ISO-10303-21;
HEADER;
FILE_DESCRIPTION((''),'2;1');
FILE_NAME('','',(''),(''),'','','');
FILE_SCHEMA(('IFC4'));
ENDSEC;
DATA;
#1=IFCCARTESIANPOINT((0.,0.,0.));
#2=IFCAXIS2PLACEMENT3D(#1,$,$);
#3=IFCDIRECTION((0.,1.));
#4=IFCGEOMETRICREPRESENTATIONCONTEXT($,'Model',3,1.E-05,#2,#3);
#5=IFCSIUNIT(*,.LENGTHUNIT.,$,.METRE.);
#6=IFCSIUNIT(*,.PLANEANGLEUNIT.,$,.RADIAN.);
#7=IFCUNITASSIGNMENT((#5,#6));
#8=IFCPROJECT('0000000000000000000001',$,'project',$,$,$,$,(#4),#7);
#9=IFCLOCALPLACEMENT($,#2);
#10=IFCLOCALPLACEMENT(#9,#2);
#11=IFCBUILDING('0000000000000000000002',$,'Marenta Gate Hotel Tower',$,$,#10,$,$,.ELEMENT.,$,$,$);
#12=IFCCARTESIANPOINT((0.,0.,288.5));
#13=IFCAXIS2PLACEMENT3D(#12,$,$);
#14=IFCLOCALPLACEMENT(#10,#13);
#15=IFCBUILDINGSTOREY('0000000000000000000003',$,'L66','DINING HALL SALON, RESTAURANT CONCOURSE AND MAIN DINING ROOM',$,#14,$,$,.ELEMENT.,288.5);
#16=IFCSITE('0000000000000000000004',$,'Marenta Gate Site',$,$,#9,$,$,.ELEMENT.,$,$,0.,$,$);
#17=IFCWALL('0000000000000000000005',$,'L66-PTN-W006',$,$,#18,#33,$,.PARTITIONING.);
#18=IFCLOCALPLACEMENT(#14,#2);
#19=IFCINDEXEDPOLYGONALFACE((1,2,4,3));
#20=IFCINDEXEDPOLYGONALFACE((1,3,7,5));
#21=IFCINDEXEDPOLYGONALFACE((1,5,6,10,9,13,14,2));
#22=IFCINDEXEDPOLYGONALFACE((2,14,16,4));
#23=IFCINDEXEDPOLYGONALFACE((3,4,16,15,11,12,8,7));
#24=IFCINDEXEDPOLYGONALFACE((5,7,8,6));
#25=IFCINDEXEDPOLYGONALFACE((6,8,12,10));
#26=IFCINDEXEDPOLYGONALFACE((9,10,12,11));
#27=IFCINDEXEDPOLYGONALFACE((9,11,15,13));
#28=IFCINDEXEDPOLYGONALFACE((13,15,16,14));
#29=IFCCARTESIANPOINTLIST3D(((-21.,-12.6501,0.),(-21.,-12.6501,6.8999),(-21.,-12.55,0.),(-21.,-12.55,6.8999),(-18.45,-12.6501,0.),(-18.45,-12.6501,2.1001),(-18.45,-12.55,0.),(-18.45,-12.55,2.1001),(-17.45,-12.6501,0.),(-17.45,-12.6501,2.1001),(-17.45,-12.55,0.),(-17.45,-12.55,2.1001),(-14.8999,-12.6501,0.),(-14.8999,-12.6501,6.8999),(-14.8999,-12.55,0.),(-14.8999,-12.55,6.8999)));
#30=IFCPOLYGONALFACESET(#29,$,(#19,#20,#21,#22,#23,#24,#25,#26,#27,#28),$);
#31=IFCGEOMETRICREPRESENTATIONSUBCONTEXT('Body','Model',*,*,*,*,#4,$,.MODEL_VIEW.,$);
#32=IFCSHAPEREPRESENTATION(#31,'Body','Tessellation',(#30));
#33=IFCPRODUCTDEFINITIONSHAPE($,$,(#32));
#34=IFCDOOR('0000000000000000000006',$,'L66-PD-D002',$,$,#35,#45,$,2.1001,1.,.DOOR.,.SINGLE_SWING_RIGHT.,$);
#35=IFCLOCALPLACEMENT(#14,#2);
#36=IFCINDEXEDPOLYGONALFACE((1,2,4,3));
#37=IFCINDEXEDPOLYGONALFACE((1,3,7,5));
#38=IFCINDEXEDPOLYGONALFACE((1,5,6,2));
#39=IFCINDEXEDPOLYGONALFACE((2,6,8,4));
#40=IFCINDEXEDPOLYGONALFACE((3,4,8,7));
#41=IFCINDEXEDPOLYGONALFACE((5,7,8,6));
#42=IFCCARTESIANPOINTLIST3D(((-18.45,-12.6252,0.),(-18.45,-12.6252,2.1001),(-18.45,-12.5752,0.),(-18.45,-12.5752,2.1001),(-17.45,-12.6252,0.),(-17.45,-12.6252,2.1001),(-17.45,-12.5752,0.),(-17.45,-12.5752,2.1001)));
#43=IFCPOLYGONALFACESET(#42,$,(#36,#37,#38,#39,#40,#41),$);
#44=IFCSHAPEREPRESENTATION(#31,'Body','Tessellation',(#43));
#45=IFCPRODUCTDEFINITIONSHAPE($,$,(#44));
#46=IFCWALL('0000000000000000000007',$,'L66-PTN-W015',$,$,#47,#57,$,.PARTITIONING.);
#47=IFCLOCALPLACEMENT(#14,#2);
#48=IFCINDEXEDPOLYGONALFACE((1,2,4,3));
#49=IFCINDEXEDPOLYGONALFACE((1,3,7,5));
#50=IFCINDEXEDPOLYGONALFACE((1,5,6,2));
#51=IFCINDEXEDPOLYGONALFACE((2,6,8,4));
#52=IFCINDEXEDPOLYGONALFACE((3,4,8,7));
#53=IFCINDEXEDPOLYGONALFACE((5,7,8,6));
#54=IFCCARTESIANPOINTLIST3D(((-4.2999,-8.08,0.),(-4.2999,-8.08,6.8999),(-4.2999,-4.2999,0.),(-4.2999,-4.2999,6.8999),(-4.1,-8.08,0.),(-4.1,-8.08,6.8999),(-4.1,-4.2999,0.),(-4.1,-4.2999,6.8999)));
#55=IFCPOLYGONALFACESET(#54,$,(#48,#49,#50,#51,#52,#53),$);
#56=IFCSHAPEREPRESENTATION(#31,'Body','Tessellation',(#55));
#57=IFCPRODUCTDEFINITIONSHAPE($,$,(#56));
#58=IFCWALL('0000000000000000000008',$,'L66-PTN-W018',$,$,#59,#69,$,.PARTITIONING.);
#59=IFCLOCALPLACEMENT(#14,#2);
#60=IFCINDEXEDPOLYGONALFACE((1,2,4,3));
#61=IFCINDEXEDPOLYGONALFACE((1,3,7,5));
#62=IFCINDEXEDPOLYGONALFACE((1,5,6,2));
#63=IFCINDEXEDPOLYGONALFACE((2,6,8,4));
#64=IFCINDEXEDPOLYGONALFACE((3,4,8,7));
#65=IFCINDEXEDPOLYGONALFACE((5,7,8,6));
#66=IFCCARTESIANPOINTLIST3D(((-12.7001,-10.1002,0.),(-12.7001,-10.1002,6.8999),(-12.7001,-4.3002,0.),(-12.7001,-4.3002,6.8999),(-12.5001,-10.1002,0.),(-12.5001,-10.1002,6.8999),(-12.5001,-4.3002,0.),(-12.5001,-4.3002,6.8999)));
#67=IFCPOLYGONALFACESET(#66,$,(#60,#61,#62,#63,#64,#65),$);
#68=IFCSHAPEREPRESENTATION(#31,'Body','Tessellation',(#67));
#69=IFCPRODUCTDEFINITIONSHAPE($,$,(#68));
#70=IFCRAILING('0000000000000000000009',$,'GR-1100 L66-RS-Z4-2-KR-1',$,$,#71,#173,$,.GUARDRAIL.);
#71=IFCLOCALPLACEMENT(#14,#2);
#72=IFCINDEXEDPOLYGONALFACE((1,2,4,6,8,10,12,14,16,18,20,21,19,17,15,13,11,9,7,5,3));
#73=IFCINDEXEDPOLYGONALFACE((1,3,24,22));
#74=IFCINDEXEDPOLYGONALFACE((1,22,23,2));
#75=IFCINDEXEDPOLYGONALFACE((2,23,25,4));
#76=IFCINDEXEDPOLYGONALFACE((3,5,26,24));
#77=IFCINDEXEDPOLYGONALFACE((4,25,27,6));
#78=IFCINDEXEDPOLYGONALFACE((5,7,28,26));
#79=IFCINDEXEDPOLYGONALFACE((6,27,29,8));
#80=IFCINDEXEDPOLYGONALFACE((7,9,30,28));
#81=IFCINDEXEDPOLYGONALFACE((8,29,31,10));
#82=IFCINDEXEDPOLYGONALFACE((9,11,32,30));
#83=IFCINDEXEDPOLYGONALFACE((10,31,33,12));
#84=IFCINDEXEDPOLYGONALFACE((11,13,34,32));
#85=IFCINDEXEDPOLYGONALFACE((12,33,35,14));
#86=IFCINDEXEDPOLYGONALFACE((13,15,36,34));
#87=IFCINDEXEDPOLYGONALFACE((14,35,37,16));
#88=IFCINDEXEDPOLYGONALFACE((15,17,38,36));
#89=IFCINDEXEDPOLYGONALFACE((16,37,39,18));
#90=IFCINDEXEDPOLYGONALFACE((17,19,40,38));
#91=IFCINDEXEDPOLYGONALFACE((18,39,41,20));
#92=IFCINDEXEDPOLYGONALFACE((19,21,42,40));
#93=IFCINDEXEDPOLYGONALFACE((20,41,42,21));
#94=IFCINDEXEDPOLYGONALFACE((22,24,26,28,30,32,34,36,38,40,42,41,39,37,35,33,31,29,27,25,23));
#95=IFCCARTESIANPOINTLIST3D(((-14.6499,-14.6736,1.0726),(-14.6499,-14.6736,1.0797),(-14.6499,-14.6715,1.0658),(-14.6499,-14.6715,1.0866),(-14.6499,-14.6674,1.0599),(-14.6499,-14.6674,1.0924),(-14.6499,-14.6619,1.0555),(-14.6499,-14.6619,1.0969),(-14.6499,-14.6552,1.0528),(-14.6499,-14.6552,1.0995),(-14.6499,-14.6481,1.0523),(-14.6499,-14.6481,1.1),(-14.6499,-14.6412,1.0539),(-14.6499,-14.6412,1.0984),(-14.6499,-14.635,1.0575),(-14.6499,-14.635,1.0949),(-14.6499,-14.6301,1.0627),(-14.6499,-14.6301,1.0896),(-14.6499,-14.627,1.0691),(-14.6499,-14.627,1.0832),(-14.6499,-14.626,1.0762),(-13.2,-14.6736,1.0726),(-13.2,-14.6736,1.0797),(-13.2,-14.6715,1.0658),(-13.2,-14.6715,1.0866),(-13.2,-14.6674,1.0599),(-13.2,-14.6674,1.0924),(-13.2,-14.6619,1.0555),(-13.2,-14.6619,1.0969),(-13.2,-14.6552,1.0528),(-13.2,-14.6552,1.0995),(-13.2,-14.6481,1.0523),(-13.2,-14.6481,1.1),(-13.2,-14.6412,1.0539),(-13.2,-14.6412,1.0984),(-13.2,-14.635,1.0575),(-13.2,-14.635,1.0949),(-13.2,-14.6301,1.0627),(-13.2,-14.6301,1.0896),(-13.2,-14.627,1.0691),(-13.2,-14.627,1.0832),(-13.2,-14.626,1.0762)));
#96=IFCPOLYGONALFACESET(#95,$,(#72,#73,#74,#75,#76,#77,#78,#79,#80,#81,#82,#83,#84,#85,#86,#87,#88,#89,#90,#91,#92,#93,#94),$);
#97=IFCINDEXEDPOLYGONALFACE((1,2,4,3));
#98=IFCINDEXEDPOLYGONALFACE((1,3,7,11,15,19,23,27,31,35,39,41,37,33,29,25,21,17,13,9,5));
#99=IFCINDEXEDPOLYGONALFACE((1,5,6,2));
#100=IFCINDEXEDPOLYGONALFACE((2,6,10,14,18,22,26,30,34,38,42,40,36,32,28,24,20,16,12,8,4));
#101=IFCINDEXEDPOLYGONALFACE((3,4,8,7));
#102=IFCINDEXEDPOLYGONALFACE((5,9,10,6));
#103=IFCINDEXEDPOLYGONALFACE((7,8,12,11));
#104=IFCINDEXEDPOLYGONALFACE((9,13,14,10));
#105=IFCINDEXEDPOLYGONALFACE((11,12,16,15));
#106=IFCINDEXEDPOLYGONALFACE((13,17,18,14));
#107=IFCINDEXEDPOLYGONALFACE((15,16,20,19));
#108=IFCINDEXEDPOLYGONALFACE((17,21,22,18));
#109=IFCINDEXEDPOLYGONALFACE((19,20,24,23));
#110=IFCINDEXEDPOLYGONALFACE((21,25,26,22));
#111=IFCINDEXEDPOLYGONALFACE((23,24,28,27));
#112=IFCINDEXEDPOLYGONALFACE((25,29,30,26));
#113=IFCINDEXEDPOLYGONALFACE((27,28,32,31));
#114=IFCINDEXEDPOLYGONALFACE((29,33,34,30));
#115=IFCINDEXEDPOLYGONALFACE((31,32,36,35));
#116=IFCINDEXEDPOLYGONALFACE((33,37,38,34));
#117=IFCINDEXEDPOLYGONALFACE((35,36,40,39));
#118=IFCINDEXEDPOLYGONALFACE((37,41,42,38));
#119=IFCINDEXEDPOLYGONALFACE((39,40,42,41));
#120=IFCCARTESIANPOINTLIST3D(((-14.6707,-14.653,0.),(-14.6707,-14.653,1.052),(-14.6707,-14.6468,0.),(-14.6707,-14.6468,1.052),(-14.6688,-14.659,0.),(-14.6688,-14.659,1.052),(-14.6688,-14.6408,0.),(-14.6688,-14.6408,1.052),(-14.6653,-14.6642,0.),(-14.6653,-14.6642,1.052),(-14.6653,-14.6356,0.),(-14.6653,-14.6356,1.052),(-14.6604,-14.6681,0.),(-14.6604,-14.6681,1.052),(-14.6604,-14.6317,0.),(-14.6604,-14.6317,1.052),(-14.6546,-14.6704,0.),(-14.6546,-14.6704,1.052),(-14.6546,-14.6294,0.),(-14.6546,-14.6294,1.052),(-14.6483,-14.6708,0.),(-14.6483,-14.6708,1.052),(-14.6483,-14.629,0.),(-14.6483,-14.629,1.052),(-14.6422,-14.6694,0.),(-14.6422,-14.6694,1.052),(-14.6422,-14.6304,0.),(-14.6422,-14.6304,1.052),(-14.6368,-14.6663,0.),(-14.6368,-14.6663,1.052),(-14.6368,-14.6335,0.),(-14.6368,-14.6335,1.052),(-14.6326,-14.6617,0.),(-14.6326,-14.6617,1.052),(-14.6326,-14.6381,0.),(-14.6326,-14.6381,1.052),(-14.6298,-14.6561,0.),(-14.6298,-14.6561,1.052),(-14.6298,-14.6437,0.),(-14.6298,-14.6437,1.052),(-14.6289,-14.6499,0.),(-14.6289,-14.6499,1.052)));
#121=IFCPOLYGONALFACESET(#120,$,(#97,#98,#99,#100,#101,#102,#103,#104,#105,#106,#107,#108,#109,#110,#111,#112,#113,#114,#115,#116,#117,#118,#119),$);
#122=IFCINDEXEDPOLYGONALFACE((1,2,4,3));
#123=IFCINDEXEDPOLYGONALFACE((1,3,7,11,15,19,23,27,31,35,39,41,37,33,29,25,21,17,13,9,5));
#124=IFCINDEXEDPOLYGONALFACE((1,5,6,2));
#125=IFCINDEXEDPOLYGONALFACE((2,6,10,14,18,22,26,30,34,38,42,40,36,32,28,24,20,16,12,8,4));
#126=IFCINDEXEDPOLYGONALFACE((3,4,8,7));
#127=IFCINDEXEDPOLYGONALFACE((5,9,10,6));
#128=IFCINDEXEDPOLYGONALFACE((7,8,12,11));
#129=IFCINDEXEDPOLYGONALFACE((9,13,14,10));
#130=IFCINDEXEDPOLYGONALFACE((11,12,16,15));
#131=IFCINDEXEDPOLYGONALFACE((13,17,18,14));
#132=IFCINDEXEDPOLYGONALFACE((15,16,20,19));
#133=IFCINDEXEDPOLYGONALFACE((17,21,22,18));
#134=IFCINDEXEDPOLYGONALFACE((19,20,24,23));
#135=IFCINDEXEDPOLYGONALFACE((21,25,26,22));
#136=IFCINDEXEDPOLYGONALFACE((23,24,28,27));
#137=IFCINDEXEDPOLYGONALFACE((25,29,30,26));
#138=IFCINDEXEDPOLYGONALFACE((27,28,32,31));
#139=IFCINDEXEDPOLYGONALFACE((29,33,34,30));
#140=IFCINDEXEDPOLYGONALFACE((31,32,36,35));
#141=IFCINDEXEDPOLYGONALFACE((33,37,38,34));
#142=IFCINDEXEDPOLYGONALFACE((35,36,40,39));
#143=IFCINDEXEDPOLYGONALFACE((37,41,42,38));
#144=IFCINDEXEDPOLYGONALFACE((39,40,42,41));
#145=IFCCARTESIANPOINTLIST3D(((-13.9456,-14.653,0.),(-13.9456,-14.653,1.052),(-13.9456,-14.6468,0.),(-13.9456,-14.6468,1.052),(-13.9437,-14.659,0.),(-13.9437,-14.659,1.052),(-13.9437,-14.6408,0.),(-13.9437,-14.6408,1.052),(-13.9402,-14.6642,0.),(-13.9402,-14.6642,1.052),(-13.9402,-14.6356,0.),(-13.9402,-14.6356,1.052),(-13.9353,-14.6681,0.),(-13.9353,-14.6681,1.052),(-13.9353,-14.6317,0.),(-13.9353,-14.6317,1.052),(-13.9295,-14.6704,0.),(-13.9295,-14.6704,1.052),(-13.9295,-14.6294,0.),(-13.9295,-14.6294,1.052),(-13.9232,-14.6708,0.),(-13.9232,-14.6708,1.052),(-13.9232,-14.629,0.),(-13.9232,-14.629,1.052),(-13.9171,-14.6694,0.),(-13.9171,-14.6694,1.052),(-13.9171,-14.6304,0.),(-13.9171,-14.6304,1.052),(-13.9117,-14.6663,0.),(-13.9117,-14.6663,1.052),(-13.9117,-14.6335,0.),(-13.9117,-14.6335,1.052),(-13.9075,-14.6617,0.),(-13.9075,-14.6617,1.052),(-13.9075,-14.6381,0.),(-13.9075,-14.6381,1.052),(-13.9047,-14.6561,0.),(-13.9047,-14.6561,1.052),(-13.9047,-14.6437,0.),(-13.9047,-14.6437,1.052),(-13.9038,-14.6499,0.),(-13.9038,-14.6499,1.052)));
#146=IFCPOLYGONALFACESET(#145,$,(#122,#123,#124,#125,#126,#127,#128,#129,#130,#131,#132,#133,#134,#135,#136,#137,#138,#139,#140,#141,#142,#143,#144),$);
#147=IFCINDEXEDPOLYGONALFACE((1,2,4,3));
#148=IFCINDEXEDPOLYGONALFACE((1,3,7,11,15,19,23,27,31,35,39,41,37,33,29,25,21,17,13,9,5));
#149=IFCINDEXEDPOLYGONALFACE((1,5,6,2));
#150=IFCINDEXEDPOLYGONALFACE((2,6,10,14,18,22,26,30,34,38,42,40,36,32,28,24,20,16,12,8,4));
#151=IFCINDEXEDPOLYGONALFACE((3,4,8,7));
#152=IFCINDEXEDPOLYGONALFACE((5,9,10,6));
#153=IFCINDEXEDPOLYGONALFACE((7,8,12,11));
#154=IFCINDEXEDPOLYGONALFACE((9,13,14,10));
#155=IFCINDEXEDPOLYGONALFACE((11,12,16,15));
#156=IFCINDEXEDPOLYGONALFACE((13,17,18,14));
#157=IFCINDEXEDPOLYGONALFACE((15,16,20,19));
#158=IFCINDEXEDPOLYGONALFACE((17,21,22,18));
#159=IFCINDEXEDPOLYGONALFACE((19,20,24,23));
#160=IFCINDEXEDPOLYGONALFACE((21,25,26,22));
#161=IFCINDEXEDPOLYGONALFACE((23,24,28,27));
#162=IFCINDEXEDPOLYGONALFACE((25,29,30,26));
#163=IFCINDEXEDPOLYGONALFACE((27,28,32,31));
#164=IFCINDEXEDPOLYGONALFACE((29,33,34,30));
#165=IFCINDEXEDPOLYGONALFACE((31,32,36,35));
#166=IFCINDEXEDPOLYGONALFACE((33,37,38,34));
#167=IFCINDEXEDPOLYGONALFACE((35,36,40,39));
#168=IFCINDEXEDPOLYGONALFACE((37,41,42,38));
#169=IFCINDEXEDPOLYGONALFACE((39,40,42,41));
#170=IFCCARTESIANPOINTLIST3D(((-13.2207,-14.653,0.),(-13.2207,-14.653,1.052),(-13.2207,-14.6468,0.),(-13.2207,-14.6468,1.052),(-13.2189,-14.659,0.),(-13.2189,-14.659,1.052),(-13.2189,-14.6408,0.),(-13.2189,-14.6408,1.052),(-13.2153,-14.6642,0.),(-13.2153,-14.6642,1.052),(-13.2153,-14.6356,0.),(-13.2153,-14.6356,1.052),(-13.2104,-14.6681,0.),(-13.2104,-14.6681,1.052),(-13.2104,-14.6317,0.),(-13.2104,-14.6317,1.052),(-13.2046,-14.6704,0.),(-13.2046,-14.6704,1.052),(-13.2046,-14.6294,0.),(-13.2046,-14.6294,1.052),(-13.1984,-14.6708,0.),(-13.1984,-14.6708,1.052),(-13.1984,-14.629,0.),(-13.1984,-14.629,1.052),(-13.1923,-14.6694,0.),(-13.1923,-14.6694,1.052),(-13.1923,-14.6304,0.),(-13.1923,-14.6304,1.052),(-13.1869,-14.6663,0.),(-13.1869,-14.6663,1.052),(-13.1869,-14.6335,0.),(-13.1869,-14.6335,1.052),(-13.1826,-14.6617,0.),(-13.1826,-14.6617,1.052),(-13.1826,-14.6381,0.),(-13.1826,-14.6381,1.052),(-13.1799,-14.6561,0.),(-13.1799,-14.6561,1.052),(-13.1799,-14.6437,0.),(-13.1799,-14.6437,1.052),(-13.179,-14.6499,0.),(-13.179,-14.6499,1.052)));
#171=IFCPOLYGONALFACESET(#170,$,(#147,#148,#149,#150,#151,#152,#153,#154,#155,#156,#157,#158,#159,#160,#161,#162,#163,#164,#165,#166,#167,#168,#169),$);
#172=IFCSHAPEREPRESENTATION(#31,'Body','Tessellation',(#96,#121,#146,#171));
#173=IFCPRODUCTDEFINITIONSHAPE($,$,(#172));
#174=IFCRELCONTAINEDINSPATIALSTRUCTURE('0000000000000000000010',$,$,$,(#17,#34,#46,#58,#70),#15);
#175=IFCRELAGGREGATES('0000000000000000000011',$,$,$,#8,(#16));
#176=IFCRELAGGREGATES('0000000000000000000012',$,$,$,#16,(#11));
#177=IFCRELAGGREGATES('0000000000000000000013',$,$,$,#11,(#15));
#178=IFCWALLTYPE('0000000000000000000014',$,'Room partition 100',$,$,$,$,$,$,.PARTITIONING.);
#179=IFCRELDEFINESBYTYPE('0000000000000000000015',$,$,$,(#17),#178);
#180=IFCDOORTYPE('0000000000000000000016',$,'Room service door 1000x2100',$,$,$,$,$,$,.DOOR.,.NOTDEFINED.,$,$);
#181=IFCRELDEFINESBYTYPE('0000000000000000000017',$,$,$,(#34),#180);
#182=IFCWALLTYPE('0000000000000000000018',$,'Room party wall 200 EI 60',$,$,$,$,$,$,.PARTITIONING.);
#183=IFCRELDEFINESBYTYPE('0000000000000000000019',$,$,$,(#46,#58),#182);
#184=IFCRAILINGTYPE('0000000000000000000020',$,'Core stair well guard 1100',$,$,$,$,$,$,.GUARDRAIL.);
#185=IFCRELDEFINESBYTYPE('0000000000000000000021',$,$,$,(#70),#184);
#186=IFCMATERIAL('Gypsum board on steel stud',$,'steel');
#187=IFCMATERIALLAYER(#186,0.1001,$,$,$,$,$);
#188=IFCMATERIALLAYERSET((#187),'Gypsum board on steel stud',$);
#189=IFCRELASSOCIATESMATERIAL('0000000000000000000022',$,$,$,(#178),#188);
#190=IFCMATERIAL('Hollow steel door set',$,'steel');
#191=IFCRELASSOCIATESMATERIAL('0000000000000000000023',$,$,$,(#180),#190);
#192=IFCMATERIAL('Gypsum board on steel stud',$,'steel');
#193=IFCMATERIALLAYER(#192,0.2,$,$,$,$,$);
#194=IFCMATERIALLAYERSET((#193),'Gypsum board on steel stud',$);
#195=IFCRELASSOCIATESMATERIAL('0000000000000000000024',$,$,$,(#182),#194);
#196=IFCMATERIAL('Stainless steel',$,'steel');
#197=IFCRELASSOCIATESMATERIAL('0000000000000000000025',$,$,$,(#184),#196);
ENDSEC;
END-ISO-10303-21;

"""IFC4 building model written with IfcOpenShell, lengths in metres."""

from ifc_helpers import new_model, si_unit, direction, frame, frame_2d, origin, origin_2d, place, context, subcontext, project, spatial, rectangle, circle, extrude, material, layer, layer_set, type_object, element, fill, save


model = new_model("IFC4")

# Units and contexts
model_context = context("Model", 3, precision=1e-05, world=origin(), true_north=direction((0.0, 1.0)))
body_context = subcontext(model_context, "Body", "Model", "MODEL_VIEW")
ifc_project = project(units=[si_unit("LENGTHUNIT", "METRE"), si_unit("PLANEANGLEUNIT", "RADIAN")], contexts=[model_context])

# Site, building, storey
site_placement = place(None, origin())
site = spatial("IfcSite", under=ifc_project, at=site_placement, Name="Marenta Gate Site", CompositionType="ELEMENT", RefElevation=0.0)
building_placement = place(site_placement, origin())
building = spatial("IfcBuilding", under=site, at=building_placement, Name="Marenta Gate Hotel Tower", CompositionType="ELEMENT")
storey_placement = place(building_placement, frame((0.0, 0.0, 288.5)))
storey = spatial("IfcBuildingStorey", under=building, at=storey_placement, Name="L66", Description="DINING HALL SALON, RESTAURANT CONCOURSE AND MAIN DINING ROOM", CompositionType="ELEMENT", Elevation=288.5)

# Wall, opening, door
ifc_material_1 = material(Name="Gypsum board on steel stud", Category="steel")
ifc_layer_1 = layer(ifc_material_1, 0.1001)
ifc_layer_set_1 = layer_set([ifc_layer_1], Name="Gypsum board on steel stud")
wall_type_1 = type_object("IfcWallType", Name="Room partition 100", PredefinedType="PARTITIONING", material=ifc_layer_set_1)
wall_1_placement = place(storey_placement, frame((-21.0, -12.6001, 0.0), z_axis=(0.0, 0.0, 1.0), x_axis=(1.0, 0.0, 0.0)))
wall_1 = element("IfcWall", 1, at=wall_1_placement, inside=storey, type_object=wall_type_1, Name="L66-PTN-W006", PredefinedType="PARTITIONING", context=body_context, shape_type="SweptSolid", body=[
    extrude(rectangle(XDim=6.1001, YDim=0.1001, at=frame_2d((3.05, 0.0))), origin(), (0.0, 0.0, 1.0), 6.8999),
])
opening_1_placement = place(wall_1_placement, frame((2.55, 0.0, 0.0)))
opening_1 = element("IfcOpeningElement", 2, at=opening_1_placement, cuts=wall_1, PredefinedType="OPENING", context=body_context, shape_type="SweptSolid", body=[
    extrude(rectangle(XDim=1.0, YDim=2.1001, at=frame_2d((0.5, 1.05))), frame((0.0, 0.05, 0.0), z_axis=(0.0, -1.0, 0.0), x_axis=(1.0, 0.0, 0.0)), (0.0, 0.0, 1.0), 0.1001),
])
ifc_material_2 = material(Name="Hollow steel door set", Category="steel")
door_type_1 = type_object("IfcDoorType", Name="Room service door 1000x2100", OperationType="NOTDEFINED", PredefinedType="DOOR", material=ifc_material_2)
door_1_placement = place(opening_1_placement, origin())
door_1 = element("IfcDoor", 3, at=door_1_placement, inside=storey, type_object=door_type_1, Name="L66-PD-D002", OperationType="SINGLE_SWING_RIGHT", OverallHeight=2.1001, OverallWidth=1.0, PredefinedType="DOOR", context=body_context, shape_type="SweptSolid", body=[
    extrude(rectangle(XDim=1.0, YDim=2.1001, at=frame_2d((0.5, 1.05))), frame((0.0, 0.0249, 0.0), z_axis=(0.0, -1.0, 0.0), x_axis=(1.0, 0.0, 0.0)), (0.0, 0.0, 1.0), 0.05),
])
fill(opening_1, door_1)

# Walls
ifc_material_3 = material(Name="Gypsum board on steel stud", Category="steel")
ifc_layer_2 = layer(ifc_material_3, 0.2)
ifc_layer_set_2 = layer_set([ifc_layer_2], Name="Gypsum board on steel stud")
wall_type_2 = type_object("IfcWallType", Name="Room party wall 200 EI 60", PredefinedType="PARTITIONING", material=ifc_layer_set_2)
wall_2_placement = place(storey_placement, frame((-4.2, -8.0801, 0.0), z_axis=(0.0, 0.0, 1.0), x_axis=(0.0, 1.0, 0.0)))
element("IfcWall", 4, at=wall_2_placement, inside=storey, type_object=wall_type_2, Name="L66-PTN-W015", PredefinedType="PARTITIONING", context=body_context, shape_type="SweptSolid", body=[
    extrude(rectangle(XDim=3.78, YDim=0.2, at=frame_2d((1.8901, 0.0))), origin(), (0.0, 0.0, 1.0), 6.8999),
])
wall_3_placement = place(storey_placement, frame((-12.6001, -10.1001, 0.0), z_axis=(0.0, 0.0, 1.0), x_axis=(0.0, 1.0, 0.0)))
element("IfcWall", 5, at=wall_3_placement, inside=storey, type_object=wall_type_2, Name="L66-PTN-W018", PredefinedType="PARTITIONING", context=body_context, shape_type="SweptSolid", body=[
    extrude(rectangle(XDim=5.8, YDim=0.2, at=frame_2d((2.8999, 0.0))), origin(), (0.0, 0.0, 1.0), 6.8999),
])

# Railing
ifc_material_4 = material(Name="Stainless steel", Category="steel")
railing_type = type_object("IfcRailingType", Name="Core stair well guard 1100", PredefinedType="GUARDRAIL", material=ifc_material_4)
railing_placement = place(storey_placement, frame((-14.6499, -14.6499, 0.0)))
element("IfcRailing", 6, at=railing_placement, inside=storey, type_object=railing_type, Name="GR-1100 L66-RS-Z4-2-KR-1", PredefinedType="GUARDRAIL", context=body_context, shape_type="SweptSolid", body=[
    extrude(circle(Radius=0.0239, at=origin_2d()), frame((0.0, 0.0, 1.0762), z_axis=(1.0, 0.0, 0.0), x_axis=(0.0, 1.0, 0.0)), (0.0, 0.0, 1.0), 1.45),
    extrude(circle(Radius=0.021, at=origin_2d()), origin(), (0.0, 0.0, 1.0), 1.052),
    extrude(circle(Radius=0.021, at=origin_2d()), frame((0.7251, 0.0, 0.0)), (0.0, 0.0, 1.0), 1.052),
    extrude(circle(Radius=0.021, at=origin_2d()), frame((1.45, 0.0, 0.0)), (0.0, 0.0, 1.0), 1.052),
])

save(model, "model.ifc")
